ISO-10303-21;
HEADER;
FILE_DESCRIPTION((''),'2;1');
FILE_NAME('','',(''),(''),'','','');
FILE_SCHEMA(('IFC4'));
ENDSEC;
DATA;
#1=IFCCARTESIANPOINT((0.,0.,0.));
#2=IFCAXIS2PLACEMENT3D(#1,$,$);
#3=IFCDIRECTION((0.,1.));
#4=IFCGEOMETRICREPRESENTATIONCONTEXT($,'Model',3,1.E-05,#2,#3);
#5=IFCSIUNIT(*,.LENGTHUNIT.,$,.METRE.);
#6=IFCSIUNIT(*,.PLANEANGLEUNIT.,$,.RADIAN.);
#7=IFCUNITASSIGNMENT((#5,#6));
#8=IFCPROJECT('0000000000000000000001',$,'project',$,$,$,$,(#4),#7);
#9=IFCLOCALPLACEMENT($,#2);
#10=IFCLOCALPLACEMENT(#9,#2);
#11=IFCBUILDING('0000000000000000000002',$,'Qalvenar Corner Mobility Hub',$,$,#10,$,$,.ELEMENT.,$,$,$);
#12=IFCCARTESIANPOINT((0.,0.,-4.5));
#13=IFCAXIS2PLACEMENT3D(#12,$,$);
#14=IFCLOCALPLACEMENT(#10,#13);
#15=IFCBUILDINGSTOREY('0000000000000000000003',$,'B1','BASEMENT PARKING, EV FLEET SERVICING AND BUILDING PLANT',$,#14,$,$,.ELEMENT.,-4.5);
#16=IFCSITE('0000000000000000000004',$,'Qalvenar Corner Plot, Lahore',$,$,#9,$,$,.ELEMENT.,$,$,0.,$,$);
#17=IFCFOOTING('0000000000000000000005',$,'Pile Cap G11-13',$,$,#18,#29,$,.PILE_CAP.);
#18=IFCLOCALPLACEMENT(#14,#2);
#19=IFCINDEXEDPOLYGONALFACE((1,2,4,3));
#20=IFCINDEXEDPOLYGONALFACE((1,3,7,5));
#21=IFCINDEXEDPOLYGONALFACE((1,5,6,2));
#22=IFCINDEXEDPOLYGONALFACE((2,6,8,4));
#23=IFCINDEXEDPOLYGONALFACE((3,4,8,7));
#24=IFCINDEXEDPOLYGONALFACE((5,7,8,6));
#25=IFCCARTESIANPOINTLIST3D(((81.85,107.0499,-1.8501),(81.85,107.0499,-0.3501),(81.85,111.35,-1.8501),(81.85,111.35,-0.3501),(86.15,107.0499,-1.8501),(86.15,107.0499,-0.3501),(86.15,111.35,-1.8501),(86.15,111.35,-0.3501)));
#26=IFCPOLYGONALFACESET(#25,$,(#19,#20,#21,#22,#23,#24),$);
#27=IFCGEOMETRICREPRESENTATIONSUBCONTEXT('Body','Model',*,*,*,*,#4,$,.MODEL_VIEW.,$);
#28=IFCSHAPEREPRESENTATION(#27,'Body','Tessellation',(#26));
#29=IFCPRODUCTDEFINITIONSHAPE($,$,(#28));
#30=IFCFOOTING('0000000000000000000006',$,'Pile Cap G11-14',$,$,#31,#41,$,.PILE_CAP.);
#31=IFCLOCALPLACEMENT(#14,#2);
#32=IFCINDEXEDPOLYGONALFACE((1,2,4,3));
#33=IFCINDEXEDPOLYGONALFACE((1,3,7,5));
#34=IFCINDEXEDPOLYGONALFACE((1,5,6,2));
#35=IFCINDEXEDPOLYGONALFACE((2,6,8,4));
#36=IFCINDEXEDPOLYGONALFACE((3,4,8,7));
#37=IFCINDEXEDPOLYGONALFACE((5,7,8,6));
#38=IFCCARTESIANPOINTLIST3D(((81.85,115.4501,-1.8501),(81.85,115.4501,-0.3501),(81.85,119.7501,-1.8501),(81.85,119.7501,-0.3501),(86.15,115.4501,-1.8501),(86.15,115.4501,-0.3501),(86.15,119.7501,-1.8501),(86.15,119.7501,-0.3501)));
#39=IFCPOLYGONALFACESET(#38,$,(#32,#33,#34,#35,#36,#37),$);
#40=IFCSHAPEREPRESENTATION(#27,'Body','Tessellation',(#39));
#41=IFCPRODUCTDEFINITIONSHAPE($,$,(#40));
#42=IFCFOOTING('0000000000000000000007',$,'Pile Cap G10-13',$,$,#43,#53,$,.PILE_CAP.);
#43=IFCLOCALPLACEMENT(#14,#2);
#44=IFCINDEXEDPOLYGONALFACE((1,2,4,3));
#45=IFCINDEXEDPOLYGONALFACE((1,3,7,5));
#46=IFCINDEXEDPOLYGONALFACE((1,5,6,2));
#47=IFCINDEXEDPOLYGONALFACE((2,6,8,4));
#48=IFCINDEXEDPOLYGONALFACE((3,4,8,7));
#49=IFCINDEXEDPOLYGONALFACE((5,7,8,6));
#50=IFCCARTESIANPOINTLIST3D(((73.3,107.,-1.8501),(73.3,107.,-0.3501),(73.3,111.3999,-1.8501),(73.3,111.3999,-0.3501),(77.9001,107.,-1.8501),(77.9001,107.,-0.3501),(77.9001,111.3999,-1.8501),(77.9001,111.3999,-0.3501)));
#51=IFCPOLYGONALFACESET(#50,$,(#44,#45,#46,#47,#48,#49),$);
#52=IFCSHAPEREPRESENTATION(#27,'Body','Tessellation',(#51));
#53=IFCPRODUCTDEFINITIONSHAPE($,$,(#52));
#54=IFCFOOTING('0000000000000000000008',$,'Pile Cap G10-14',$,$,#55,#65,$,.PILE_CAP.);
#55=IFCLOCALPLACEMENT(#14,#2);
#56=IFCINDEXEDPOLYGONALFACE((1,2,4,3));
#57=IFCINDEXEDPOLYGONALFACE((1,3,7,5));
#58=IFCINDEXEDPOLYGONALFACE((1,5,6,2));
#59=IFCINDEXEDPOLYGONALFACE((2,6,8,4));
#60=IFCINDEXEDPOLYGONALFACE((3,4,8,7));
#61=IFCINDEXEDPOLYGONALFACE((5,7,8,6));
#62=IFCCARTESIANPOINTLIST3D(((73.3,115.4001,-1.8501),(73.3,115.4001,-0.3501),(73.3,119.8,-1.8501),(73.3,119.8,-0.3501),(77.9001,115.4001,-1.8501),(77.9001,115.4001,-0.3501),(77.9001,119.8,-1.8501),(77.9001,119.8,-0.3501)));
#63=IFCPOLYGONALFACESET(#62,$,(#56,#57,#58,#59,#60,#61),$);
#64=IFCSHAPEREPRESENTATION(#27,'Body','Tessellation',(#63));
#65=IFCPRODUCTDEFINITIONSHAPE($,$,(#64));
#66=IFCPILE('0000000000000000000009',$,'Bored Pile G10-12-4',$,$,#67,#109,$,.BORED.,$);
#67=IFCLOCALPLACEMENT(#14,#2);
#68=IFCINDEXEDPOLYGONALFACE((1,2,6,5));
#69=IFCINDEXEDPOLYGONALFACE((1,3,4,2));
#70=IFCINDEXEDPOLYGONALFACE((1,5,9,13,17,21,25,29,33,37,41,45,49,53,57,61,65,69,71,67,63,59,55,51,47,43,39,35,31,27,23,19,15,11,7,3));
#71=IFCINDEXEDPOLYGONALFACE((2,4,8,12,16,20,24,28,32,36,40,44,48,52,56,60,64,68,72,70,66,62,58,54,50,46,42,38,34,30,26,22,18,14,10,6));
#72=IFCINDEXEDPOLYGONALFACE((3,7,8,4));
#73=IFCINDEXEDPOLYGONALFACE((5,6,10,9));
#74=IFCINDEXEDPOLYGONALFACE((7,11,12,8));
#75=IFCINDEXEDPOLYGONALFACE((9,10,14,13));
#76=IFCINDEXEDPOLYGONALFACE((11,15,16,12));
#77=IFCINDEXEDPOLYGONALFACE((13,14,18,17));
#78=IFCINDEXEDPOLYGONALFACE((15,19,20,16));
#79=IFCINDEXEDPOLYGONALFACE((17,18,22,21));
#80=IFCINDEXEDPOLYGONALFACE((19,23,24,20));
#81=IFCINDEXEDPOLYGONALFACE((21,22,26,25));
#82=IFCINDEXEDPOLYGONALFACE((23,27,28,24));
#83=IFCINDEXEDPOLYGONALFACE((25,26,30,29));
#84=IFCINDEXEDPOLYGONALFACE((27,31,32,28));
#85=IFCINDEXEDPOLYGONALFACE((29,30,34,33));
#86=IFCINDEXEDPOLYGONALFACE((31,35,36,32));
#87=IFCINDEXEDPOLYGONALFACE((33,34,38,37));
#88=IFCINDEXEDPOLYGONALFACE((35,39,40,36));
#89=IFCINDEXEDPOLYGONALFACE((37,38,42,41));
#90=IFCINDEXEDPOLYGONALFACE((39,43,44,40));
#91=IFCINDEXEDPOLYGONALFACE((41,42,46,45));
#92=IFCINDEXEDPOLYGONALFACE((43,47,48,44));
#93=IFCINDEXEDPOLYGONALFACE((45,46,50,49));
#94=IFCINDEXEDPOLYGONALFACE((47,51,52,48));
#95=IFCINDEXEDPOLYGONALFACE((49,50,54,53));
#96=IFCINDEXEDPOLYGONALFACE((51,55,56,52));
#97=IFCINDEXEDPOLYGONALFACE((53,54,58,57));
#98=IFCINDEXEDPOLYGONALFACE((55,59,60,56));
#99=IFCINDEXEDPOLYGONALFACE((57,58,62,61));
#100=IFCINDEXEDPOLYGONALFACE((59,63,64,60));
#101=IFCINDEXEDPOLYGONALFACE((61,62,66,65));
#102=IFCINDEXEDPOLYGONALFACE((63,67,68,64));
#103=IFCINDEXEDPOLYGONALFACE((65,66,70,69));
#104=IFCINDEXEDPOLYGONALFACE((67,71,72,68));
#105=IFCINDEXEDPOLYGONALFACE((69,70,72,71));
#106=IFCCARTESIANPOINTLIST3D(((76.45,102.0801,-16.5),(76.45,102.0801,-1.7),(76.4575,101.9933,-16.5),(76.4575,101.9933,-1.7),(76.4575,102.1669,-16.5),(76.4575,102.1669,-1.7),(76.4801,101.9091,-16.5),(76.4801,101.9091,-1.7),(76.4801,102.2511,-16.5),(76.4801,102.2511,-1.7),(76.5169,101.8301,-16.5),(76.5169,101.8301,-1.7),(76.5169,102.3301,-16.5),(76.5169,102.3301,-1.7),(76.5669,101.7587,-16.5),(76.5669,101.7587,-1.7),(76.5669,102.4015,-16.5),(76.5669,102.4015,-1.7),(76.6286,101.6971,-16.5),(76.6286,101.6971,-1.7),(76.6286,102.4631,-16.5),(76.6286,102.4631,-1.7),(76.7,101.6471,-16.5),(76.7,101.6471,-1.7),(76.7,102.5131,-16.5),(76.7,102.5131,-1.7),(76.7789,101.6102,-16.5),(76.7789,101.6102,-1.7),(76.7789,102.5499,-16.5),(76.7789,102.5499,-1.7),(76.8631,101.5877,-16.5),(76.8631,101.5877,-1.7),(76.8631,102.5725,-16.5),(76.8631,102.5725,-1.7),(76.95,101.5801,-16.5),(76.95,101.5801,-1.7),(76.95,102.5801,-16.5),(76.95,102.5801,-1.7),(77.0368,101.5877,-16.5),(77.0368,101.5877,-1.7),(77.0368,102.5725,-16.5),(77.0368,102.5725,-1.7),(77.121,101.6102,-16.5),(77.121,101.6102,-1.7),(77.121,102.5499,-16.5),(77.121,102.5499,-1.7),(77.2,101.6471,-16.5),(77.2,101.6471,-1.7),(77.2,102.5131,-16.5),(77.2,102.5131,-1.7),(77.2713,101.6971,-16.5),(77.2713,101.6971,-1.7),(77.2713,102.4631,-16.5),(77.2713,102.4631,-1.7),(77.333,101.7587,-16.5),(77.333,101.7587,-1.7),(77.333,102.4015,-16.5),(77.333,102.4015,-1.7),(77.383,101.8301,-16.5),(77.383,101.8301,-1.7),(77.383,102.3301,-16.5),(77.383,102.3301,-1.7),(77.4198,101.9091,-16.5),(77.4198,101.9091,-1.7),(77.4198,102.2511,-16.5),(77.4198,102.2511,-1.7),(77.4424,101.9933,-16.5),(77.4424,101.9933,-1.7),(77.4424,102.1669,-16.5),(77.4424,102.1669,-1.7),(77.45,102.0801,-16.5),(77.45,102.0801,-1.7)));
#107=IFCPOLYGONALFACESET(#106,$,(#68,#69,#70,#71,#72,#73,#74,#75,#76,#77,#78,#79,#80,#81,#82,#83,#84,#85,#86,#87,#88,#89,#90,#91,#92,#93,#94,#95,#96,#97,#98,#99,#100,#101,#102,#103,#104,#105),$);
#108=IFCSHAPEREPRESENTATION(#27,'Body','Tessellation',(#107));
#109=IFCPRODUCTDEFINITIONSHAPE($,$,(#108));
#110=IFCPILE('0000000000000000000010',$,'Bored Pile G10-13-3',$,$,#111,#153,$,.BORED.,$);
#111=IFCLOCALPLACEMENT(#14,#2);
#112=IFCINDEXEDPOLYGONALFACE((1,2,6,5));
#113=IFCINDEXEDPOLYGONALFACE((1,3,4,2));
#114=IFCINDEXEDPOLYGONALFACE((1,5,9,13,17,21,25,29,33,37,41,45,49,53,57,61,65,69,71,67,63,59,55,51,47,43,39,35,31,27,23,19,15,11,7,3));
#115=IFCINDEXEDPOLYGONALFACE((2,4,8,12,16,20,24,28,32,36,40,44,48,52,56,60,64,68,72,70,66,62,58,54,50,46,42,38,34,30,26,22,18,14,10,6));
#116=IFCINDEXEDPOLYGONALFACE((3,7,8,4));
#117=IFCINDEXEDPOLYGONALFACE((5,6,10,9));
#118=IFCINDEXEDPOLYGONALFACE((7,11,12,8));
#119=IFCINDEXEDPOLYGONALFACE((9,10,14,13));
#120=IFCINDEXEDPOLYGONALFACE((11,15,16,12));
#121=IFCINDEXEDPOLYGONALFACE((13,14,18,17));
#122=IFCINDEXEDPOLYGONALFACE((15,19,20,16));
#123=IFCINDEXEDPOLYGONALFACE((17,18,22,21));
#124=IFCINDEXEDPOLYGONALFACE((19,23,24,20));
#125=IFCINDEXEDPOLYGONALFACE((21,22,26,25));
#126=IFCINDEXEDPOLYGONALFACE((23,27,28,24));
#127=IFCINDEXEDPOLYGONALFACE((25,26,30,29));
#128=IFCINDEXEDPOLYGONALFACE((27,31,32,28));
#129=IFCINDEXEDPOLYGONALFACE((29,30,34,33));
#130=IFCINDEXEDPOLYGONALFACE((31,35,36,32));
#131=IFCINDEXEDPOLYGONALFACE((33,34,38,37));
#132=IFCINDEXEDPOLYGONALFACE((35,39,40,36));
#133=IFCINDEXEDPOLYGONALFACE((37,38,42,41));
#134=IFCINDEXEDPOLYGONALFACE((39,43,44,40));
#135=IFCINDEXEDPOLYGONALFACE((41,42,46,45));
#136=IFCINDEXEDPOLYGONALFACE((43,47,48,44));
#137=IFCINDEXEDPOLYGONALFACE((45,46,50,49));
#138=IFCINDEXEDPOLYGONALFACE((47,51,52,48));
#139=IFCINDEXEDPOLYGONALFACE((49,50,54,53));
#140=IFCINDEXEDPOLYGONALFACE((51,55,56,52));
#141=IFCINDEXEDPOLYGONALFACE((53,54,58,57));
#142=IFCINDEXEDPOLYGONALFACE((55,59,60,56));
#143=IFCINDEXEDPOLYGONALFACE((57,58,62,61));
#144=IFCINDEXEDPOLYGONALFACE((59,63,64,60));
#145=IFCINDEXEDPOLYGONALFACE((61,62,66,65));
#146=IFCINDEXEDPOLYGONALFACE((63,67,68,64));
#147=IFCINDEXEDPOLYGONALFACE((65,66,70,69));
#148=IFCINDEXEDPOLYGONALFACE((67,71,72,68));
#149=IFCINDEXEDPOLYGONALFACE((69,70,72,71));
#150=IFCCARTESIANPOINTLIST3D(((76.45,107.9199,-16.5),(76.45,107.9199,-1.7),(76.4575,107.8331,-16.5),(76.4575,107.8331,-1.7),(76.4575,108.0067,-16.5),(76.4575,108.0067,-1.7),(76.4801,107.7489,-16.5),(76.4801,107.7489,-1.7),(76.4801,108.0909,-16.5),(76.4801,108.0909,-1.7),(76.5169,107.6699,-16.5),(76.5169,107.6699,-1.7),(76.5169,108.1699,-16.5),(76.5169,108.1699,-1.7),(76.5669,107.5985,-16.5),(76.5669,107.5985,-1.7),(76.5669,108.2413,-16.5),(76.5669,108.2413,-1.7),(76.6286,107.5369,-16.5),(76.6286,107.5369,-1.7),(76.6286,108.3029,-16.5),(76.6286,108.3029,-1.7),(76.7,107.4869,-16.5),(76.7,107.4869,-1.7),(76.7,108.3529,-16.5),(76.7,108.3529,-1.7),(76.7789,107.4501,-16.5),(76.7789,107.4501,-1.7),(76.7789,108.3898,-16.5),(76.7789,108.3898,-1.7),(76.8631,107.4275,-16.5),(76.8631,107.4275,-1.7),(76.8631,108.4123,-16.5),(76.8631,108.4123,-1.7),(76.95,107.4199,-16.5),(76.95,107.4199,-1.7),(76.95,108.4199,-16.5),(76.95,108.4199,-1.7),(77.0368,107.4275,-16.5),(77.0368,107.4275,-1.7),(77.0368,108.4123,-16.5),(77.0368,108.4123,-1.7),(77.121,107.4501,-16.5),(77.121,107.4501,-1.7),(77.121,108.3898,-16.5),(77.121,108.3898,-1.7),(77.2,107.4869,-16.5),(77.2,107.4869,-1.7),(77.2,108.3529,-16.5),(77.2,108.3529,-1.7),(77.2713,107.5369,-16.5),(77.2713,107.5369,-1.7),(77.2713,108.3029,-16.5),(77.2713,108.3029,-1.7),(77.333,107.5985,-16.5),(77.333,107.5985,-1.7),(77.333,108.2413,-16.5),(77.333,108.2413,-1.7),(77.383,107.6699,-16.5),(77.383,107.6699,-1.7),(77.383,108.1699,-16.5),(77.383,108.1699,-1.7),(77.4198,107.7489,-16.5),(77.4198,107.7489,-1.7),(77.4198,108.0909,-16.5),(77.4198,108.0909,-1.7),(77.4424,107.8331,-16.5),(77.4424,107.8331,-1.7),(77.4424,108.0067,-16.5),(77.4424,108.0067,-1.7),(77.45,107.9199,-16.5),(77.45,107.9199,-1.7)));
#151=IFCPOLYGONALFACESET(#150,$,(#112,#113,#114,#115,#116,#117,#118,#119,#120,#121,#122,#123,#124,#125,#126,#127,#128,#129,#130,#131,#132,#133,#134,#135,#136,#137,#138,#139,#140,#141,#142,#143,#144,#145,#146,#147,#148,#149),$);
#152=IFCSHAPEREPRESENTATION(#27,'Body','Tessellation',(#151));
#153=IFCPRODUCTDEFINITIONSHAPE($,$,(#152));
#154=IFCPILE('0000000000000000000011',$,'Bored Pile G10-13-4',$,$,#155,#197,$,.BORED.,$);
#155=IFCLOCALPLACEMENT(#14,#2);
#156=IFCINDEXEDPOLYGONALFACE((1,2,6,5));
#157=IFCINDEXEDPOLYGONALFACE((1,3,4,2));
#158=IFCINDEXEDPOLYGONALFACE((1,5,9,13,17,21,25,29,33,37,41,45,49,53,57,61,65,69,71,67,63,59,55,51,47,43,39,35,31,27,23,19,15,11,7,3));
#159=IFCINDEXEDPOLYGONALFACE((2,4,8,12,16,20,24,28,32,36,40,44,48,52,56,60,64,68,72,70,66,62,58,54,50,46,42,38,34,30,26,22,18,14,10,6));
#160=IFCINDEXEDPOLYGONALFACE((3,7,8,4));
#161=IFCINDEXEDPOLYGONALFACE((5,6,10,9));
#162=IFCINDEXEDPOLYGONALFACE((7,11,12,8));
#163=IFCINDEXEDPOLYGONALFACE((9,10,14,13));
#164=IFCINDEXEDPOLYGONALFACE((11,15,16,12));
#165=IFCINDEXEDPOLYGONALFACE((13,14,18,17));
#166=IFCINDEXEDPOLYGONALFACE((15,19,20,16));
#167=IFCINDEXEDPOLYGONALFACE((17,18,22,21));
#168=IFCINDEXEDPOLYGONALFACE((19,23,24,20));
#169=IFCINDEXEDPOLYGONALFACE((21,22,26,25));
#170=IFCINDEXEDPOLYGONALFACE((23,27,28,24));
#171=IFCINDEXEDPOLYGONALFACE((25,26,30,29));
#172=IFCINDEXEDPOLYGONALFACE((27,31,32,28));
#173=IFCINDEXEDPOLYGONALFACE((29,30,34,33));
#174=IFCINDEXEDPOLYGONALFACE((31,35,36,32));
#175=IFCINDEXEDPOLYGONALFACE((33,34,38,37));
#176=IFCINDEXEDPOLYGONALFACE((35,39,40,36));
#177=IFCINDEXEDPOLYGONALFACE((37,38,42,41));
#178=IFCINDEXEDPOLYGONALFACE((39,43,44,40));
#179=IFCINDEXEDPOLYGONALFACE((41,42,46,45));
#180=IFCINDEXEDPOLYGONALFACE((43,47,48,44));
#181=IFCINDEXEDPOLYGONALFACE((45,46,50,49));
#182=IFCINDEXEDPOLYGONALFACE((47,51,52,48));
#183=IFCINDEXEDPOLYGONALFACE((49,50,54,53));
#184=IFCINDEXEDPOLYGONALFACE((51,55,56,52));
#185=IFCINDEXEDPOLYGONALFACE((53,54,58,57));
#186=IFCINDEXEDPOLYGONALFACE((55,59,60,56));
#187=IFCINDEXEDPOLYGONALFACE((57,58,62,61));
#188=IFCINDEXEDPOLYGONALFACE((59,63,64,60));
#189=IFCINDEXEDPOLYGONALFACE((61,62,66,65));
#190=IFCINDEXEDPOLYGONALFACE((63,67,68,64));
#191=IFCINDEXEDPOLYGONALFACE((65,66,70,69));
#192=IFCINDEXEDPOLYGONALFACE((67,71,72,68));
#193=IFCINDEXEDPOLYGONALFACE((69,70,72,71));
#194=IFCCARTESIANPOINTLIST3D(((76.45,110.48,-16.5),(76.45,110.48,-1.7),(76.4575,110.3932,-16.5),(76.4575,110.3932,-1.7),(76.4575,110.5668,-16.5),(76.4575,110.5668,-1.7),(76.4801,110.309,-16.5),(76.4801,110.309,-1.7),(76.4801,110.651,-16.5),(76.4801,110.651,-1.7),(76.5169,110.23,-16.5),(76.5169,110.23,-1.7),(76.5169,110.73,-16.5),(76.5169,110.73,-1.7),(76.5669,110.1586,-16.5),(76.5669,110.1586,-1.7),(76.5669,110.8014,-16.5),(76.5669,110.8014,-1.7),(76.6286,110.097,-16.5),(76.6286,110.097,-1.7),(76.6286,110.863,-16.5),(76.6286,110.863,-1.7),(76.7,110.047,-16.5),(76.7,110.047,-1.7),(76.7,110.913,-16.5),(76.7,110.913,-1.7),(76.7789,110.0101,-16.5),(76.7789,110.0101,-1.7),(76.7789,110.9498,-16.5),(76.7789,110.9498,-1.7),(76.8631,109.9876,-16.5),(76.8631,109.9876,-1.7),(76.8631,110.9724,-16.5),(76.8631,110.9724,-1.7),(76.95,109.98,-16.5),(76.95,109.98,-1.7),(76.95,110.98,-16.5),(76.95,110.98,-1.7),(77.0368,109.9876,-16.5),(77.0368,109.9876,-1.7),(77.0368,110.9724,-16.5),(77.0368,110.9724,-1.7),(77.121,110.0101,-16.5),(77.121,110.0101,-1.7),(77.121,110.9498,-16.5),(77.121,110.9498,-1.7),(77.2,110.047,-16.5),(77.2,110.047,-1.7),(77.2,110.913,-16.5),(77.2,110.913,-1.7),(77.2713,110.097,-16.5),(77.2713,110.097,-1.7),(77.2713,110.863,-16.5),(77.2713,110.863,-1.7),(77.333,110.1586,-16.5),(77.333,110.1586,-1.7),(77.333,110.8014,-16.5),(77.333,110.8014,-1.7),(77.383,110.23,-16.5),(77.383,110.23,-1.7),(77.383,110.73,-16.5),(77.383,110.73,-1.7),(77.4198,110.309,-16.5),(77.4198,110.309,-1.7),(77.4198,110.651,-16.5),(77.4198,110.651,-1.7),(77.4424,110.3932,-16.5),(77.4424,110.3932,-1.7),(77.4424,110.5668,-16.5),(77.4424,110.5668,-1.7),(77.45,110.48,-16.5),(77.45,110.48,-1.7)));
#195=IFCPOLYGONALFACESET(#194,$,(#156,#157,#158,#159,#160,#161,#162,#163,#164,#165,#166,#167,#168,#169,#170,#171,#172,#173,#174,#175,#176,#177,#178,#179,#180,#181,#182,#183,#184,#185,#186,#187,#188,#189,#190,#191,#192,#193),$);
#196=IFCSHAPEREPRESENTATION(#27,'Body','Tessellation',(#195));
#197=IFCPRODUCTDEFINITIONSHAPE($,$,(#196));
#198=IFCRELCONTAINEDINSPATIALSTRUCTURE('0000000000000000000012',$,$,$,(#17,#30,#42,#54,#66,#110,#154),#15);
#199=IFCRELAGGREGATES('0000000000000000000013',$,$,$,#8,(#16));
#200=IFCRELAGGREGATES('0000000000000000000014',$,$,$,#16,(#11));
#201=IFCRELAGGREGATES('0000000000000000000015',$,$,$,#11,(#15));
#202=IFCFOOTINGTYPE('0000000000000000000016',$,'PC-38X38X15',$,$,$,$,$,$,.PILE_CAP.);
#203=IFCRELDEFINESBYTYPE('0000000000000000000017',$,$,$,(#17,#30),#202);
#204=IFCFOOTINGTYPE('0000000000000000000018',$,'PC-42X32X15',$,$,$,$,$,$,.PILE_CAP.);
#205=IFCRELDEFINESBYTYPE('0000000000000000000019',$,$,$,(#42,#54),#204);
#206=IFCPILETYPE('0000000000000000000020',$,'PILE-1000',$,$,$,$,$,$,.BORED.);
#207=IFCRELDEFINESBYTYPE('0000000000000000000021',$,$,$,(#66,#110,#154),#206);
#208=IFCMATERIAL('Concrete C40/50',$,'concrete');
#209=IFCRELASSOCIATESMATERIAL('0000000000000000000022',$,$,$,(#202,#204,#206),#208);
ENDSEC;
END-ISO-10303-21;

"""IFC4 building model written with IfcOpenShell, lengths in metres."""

from ifc_helpers import new_model, si_unit, direction, frame, origin, origin_2d, place, context, subcontext, project, spatial, rectangle, circle, extrude, material, material_profile, profile_set, type_object, element, save


model = new_model("IFC4")

# Units and contexts
model_context = context("Model", 3, precision=1e-05, world=origin(), true_north=direction((0.0, 1.0)))
body_context = subcontext(model_context, "Body", "Model", "MODEL_VIEW")
ifc_project = project(units=[si_unit("LENGTHUNIT", "METRE"), si_unit("PLANEANGLEUNIT", "RADIAN")], contexts=[model_context])

# Site, building, storey
site_placement = place(None, origin())
site = spatial("IfcSite", under=ifc_project, at=site_placement, Name="Qalvenar Corner Plot, Lahore", CompositionType="ELEMENT", RefElevation=0.0)
building_placement = place(site_placement, origin())
building = spatial("IfcBuilding", under=site, at=building_placement, Name="Qalvenar Corner Mobility Hub", CompositionType="ELEMENT")
storey_placement = place(building_placement, frame((0.0, 0.0, -4.5)))
storey = spatial("IfcBuildingStorey", under=building, at=storey_placement, Name="B1", Description="BASEMENT PARKING, EV FLEET SERVICING AND BUILDING PLANT", CompositionType="ELEMENT", Elevation=-4.5)

# Footings
ifc_material_1 = material(Name="Concrete C40/50", Category="concrete")
footing_type_1 = type_object("IfcFootingType", Name="PC-38X38X15", PredefinedType="PILE_CAP", material=ifc_material_1)
for number, where, z_axis, x_axis, name in (
    (1, (84.0, 109.2, -1.8501), (0.0, 0.0, 1.0), (1.0, 0.0, 0.0), "Pile Cap G11-13"),
    (2, (84.0, 117.6001, -1.8501), (0.0, 0.0, 1.0), (1.0, 0.0, 0.0), "Pile Cap G11-14"),
):
    element("IfcFooting", number, at=place(storey_placement, frame(where, z_axis=z_axis, x_axis=x_axis)), inside=storey, type_object=footing_type_1, Name=name, PredefinedType="PILE_CAP", context=body_context, shape_type="SweptSolid", body=[
        extrude(rectangle(XDim=4.3, YDim=4.3, at=origin_2d()), origin(), (0.0, 0.0, 1.0), 1.5),
    ])
footing_type_2 = type_object("IfcFootingType", Name="PC-42X32X15", PredefinedType="PILE_CAP", material=ifc_material_1)
for number, where, z_axis, x_axis, name in (
    (3, (75.6001, 109.2, -1.8501), (0.0, 0.0, 1.0), (1.0, 0.0, 0.0), "Pile Cap G10-13"),
    (4, (75.6001, 117.6001, -1.8501), (0.0, 0.0, 1.0), (1.0, 0.0, 0.0), "Pile Cap G10-14"),
):
    element("IfcFooting", number, at=place(storey_placement, frame(where, z_axis=z_axis, x_axis=x_axis)), inside=storey, type_object=footing_type_2, Name=name, PredefinedType="PILE_CAP", context=body_context, shape_type="SweptSolid", body=[
        extrude(rectangle(XDim=4.6001, YDim=4.3999, at=origin_2d()), origin(), (0.0, 0.0, 1.0), 1.5),
    ])

# Piles
ifc_material_profile_1 = material_profile(ifc_material_1, circle(Radius=0.5, at=origin_2d()), Name="DIA1000")
ifc_profile_set_1 = profile_set([ifc_material_profile_1], Name="Concrete C40/50")
pile_type = type_object("IfcPileType", Name="PILE-1000", PredefinedType="BORED", material=ifc_profile_set_1)
for number, where, z_axis, x_axis, name in (
    (5, (76.95, 102.0801, -1.7), (0.0, 0.0, -1.0), (1.0, 0.0, 0.0), "Bored Pile G10-12-4"),
    (6, (76.95, 107.9199, -1.7), (0.0, 0.0, -1.0), (1.0, 0.0, 0.0), "Bored Pile G10-13-3"),
    (7, (76.95, 110.48, -1.7), (0.0, 0.0, -1.0), (1.0, 0.0, 0.0), "Bored Pile G10-13-4"),
):
    element("IfcPile", number, at=place(storey_placement, frame(where, z_axis=z_axis, x_axis=x_axis)), inside=storey, type_object=pile_type, Name=name, PredefinedType="BORED", context=body_context, shape_type="SweptSolid", body=[
        extrude(circle(Radius=0.5, at=origin_2d()), origin(), (0.0, 0.0, 1.0), 14.8),
    ])

save(model, "model.ifc")
